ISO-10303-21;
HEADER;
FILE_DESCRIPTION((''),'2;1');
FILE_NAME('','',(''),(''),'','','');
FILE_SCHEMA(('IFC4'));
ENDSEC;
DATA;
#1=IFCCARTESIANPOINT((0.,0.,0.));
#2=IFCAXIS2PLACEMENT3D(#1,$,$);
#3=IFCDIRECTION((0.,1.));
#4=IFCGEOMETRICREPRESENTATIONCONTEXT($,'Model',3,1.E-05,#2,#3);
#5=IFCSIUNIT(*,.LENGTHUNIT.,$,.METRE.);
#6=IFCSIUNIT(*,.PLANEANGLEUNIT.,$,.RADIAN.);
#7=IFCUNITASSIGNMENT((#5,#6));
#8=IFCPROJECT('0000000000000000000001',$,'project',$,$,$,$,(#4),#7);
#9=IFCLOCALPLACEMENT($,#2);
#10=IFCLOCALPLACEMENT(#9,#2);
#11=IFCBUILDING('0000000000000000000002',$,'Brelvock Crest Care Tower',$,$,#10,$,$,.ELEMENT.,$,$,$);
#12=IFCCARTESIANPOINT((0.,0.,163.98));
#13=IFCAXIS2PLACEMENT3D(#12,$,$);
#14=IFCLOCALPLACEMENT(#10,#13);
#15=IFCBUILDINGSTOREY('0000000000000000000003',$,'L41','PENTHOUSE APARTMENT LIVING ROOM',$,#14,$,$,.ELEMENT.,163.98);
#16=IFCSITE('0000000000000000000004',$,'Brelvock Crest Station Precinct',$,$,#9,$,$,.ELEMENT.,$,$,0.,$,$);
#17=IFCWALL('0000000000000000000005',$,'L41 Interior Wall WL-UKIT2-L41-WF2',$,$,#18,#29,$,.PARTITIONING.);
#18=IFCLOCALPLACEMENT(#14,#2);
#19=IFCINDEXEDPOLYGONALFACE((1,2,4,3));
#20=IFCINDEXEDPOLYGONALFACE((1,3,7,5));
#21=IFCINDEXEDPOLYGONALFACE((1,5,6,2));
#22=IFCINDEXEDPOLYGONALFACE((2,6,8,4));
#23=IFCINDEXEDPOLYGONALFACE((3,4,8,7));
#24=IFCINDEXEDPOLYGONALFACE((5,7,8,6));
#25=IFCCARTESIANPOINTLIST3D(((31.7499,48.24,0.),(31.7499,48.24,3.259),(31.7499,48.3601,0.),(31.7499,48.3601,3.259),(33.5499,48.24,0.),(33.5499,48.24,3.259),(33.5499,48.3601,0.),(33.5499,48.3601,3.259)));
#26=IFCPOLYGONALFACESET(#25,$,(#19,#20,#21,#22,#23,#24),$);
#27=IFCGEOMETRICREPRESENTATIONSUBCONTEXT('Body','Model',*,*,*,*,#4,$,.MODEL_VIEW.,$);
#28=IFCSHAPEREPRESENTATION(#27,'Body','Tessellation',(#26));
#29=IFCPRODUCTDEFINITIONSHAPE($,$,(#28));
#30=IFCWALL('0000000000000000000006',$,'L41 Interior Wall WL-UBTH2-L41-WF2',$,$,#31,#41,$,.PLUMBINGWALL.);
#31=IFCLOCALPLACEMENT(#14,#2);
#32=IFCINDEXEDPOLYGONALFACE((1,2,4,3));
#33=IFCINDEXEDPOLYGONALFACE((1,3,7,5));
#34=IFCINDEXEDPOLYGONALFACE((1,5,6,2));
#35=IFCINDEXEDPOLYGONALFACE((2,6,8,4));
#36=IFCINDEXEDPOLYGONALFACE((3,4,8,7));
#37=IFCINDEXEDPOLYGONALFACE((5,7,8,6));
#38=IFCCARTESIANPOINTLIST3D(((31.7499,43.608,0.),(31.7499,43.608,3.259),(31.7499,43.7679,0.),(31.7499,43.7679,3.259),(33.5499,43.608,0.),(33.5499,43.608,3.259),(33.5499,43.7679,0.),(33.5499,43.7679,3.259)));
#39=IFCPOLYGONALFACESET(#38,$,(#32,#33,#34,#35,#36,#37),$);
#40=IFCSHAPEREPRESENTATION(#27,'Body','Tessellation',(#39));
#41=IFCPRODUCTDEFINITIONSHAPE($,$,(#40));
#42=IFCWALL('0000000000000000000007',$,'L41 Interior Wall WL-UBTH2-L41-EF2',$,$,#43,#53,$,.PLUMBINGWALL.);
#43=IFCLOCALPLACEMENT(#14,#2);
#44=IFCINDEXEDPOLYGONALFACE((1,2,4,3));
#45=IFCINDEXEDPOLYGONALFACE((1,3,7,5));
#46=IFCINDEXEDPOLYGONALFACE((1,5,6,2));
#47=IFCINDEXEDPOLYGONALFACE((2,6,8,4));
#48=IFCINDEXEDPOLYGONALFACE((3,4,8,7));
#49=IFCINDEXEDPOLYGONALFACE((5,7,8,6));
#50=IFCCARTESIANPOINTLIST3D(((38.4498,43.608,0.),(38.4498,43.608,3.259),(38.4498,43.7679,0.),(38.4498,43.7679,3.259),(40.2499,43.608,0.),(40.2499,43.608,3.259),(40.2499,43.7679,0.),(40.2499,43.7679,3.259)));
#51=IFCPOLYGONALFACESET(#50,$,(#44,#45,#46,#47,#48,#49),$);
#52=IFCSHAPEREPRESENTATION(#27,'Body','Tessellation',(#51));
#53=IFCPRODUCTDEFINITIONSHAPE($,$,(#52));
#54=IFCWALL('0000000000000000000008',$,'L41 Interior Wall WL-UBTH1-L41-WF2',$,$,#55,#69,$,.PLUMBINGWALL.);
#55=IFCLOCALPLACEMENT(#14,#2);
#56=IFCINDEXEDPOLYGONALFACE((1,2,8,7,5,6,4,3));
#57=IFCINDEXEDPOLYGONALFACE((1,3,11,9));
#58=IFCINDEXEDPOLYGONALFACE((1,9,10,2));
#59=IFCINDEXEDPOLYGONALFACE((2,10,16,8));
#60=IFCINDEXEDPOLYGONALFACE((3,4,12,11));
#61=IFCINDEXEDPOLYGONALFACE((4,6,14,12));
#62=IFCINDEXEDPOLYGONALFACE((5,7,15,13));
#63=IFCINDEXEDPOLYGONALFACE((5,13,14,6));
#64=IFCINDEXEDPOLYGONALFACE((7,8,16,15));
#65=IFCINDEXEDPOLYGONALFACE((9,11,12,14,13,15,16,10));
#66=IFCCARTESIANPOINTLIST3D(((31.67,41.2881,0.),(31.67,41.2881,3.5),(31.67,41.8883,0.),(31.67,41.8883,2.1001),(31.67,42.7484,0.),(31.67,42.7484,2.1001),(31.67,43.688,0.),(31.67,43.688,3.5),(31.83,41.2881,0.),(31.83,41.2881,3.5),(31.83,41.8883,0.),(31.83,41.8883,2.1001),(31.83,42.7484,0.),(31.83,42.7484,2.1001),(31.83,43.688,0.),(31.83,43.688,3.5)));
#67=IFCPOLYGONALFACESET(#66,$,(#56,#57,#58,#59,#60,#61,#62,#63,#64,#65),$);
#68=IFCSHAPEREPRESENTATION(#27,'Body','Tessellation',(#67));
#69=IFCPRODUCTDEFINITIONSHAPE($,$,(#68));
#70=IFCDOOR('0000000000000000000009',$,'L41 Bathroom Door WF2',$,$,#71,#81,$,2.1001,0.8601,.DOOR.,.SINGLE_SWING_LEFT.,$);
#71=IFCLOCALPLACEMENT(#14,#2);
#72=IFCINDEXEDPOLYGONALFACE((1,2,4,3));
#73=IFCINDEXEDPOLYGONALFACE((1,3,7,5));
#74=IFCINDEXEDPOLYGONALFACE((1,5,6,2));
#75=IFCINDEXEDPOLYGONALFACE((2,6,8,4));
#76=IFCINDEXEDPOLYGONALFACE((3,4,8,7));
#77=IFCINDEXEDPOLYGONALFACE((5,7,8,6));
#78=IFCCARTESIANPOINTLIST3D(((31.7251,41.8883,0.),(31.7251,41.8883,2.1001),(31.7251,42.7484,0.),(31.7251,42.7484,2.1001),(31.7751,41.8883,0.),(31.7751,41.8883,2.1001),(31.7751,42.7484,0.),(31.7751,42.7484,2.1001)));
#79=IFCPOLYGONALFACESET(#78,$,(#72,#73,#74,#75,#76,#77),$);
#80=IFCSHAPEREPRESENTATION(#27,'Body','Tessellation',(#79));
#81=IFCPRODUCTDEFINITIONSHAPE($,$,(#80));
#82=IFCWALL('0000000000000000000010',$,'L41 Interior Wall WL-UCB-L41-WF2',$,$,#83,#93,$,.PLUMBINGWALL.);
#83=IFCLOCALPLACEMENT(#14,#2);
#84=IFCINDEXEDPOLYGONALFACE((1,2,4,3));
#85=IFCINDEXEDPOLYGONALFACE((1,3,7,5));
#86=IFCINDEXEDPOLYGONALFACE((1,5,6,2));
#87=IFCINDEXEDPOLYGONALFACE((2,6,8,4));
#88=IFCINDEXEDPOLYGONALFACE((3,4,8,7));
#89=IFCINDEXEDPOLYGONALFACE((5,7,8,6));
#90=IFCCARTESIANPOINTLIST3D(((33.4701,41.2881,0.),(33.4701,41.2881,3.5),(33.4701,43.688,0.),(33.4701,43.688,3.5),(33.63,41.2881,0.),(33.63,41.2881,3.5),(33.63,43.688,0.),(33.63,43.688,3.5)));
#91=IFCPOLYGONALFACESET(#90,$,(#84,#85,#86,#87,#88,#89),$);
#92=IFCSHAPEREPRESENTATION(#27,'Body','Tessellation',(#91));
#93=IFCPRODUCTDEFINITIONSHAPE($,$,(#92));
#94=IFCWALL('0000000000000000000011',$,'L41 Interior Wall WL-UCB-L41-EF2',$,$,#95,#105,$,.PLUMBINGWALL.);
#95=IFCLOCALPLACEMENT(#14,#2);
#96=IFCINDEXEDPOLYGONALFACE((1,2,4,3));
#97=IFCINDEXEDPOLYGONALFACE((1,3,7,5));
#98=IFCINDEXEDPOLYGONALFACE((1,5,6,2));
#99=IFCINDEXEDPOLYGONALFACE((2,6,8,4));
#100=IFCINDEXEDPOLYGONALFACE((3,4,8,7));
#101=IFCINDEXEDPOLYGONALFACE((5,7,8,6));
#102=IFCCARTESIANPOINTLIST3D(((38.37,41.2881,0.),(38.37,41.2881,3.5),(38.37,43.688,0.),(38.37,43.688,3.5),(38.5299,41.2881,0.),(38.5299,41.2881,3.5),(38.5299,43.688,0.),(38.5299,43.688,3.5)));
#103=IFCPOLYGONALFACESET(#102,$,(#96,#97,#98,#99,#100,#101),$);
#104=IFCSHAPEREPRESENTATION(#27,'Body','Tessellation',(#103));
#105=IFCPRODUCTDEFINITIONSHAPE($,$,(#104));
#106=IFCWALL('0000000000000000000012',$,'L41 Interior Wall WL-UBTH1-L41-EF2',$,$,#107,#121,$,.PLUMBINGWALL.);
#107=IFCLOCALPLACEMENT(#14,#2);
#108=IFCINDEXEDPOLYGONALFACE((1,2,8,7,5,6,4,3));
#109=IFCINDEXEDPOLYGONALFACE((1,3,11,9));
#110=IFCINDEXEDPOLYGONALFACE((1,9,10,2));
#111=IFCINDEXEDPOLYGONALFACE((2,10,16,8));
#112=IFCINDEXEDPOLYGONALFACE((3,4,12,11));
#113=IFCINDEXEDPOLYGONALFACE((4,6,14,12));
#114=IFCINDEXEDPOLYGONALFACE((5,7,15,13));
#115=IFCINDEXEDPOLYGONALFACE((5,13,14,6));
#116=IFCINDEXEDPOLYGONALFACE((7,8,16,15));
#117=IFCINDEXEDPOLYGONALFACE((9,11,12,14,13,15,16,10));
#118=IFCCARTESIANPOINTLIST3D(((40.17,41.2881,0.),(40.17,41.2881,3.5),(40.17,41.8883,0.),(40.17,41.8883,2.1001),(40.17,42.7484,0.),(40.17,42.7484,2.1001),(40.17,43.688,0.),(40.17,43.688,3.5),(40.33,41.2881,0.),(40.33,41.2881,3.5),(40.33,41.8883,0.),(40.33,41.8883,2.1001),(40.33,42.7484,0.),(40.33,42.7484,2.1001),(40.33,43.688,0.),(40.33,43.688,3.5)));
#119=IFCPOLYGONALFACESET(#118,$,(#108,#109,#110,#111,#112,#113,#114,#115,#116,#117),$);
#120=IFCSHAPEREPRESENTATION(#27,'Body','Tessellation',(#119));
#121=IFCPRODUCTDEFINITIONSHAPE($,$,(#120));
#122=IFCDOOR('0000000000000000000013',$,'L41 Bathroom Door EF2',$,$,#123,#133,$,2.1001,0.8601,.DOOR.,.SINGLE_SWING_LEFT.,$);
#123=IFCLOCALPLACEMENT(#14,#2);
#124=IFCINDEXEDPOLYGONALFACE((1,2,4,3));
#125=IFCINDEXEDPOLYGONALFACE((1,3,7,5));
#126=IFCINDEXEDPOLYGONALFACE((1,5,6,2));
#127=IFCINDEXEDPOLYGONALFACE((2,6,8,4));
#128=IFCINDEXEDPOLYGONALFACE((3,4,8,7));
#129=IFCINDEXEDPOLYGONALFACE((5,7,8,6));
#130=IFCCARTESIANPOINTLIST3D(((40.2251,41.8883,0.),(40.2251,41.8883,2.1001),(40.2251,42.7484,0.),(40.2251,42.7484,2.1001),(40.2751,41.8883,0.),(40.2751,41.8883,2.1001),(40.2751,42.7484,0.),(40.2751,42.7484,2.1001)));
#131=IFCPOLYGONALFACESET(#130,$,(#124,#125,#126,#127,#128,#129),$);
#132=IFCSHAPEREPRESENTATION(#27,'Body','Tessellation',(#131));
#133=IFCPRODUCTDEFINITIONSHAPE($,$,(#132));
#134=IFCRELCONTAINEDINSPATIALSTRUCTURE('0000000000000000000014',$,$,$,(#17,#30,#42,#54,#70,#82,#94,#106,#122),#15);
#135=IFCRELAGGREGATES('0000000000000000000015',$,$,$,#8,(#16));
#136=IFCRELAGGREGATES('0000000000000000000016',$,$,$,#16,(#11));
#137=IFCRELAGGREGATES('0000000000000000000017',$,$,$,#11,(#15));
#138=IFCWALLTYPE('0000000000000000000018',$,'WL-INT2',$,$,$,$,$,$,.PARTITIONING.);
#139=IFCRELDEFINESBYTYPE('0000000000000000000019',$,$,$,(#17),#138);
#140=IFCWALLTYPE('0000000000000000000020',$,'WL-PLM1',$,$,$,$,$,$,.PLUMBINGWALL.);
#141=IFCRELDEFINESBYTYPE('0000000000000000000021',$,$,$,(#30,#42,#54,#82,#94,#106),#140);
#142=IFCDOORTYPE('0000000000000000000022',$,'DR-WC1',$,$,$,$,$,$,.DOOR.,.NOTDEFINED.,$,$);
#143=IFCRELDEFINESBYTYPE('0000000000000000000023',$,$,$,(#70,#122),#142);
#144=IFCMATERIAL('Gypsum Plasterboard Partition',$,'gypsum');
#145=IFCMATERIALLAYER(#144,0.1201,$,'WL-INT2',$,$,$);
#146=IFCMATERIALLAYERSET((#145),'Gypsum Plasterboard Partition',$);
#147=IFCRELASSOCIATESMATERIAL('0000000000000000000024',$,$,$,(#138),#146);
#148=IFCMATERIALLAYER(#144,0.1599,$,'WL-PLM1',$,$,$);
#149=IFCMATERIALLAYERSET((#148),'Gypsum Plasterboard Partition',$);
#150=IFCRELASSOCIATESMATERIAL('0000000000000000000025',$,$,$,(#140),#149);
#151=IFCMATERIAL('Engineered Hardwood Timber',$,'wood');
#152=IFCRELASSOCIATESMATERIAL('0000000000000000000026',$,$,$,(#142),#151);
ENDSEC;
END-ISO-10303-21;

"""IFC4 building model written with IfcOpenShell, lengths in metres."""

from ifc_helpers import new_model, si_unit, direction, frame, frame_2d, origin, origin_2d, place, context, subcontext, project, spatial, rectangle, extrude, source, transform, mapped, material, layer, layer_set, type_object, element, fill, save


model = new_model("IFC4")

# Units and contexts
model_context = context("Model", 3, precision=1e-05, world=origin(), true_north=direction((0.0, 1.0)))
body_context = subcontext(model_context, "Body", "Model", "MODEL_VIEW")
ifc_project = project(units=[si_unit("LENGTHUNIT", "METRE"), si_unit("PLANEANGLEUNIT", "RADIAN")], contexts=[model_context])

# Site, building, storey
site_placement = place(None, origin())
site = spatial("IfcSite", under=ifc_project, at=site_placement, Name="Brelvock Crest Station Precinct", CompositionType="ELEMENT", RefElevation=0.0)
building_placement = place(site_placement, origin())
building = spatial("IfcBuilding", under=site, at=building_placement, Name="Brelvock Crest Care Tower", CompositionType="ELEMENT")
storey_placement = place(building_placement, frame((0.0, 0.0, 163.98)))
storey = spatial("IfcBuildingStorey", under=building, at=storey_placement, Name="L41", Description="PENTHOUSE APARTMENT LIVING ROOM", CompositionType="ELEMENT", Elevation=163.98)

# Shared definitions
ifc_material_1 = material(Name="Engineered Hardwood Timber", Category="wood")

# Walls
ifc_material_2 = material(Name="Gypsum Plasterboard Partition", Category="gypsum")
ifc_layer_1 = layer(ifc_material_2, 0.1201, Name="WL-INT2")
ifc_layer_set_1 = layer_set([ifc_layer_1], Name="Gypsum Plasterboard Partition")
wall_type_1 = type_object("IfcWallType", Name="WL-INT2", PredefinedType="PARTITIONING", material=ifc_layer_set_1)
wall_1_placement = place(storey_placement, frame((31.75, 48.3, 0.0), z_axis=(0.0, 0.0, 1.0), x_axis=(1.0, 0.0, 0.0)))
element("IfcWall", 1, at=wall_1_placement, inside=storey, type_object=wall_type_1, Name="L41 Interior Wall WL-UKIT2-L41-WF2", PredefinedType="PARTITIONING", context=body_context, shape_type="SweptSolid", body=[
    extrude(rectangle(XDim=1.8, YDim=0.1201, at=frame_2d((0.8999, 0.0))), origin(), (0.0, 0.0, 1.0), 3.259),
])
ifc_layer_2 = layer(ifc_material_2, 0.1599, Name="WL-PLM1")
ifc_layer_set_2 = layer_set([ifc_layer_2], Name="Gypsum Plasterboard Partition")
wall_type_2 = type_object("IfcWallType", Name="WL-PLM1", PredefinedType="PLUMBINGWALL", material=ifc_layer_set_2)
for number, where, z_axis, x_axis, name in (
    (2, (31.75, 43.688, 0.0), (0.0, 0.0, 1.0), (1.0, 0.0, 0.0), "L41 Interior Wall WL-UBTH2-L41-WF2"),
    (3, (38.45, 43.688, 0.0), (0.0, 0.0, 1.0), (1.0, 0.0, 0.0), "L41 Interior Wall WL-UBTH2-L41-EF2"),
):
    element("IfcWall", number, at=place(storey_placement, frame(where, z_axis=z_axis, x_axis=x_axis)), inside=storey, type_object=wall_type_2, Name=name, PredefinedType="PLUMBINGWALL", context=body_context, shape_type="SweptSolid", body=[
        extrude(rectangle(XDim=1.8, YDim=0.1599, at=frame_2d((0.8999, 0.0))), origin(), (0.0, 0.0, 1.0), 3.259),
    ])

# Wall, opening, door
wall_2_placement = place(storey_placement, frame((31.75, 41.2881, 0.0), z_axis=(0.0, 0.0, 1.0), x_axis=(0.0, 1.0, 0.0)))
wall_2 = element("IfcWall", 4, at=wall_2_placement, inside=storey, type_object=wall_type_2, Name="L41 Interior Wall WL-UBTH1-L41-WF2", PredefinedType="PLUMBINGWALL", context=body_context, shape_type="SweptSolid", body=[
    extrude(rectangle(XDim=2.3999, YDim=0.1599, at=frame_2d((1.2, 0.0))), origin(), (0.0, 0.0, 1.0), 3.5),
])
opening_1_placement = place(wall_2_placement, frame((0.6001, 0.0, 0.0)))
opening_1 = element("IfcOpeningElement", 5, at=opening_1_placement, cuts=wall_2, PredefinedType="OPENING", context=body_context, shape_type="SweptSolid", body=[
    extrude(rectangle(XDim=0.8601, YDim=2.1001, at=origin_2d()), frame((0.4302, 0.0898, 1.05), z_axis=(0.0, -1.0, 0.0), x_axis=(1.0, 0.0, 0.0)), (0.0, 0.0, 1.0), 0.1799),
])
door_type_1 = type_object("IfcDoorType", Name="DR-WC1", OperationType="NOTDEFINED", PredefinedType="DOOR", material=ifc_material_1)
shared_shape_1 = source(origin(), body_context, "Body", "SweptSolid", [
    extrude(rectangle(XDim=0.8601, YDim=2.1001, at=origin_2d()), frame((0.4302, 0.0249, 1.05), z_axis=(0.0, -1.0, 0.0), x_axis=(1.0, 0.0, 0.0)), (0.0, 0.0, 1.0), 0.05),
])
door_1_placement = place(opening_1_placement, origin())
door_1 = element("IfcDoor", 6, at=door_1_placement, inside=storey, type_object=door_type_1, Name="L41 Bathroom Door WF2", OperationType="SINGLE_SWING_LEFT", OverallHeight=2.1001, OverallWidth=0.8601, PredefinedType="DOOR", context=body_context, shape_type="MappedRepresentation", body=[
    mapped(shared_shape_1, transform((0.0, 0.0, 0.0), x_axis=(1.0, 0.0, 0.0), y_axis=(0.0, 1.0, 0.0), z_axis=(0.0, 0.0, 1.0), scale=1.0)),
])
fill(opening_1, door_1)

# Walls
for number, where, z_axis, x_axis, name in (
    (7, (33.55, 41.2881, 0.0), (0.0, 0.0, 1.0), (0.0, 1.0, 0.0), "L41 Interior Wall WL-UCB-L41-WF2"),
    (8, (38.45, 41.2881, 0.0), (0.0, 0.0, 1.0), (0.0, 1.0, 0.0), "L41 Interior Wall WL-UCB-L41-EF2"),
):
    element("IfcWall", number, at=place(storey_placement, frame(where, z_axis=z_axis, x_axis=x_axis)), inside=storey, type_object=wall_type_2, Name=name, PredefinedType="PLUMBINGWALL", context=body_context, shape_type="SweptSolid", body=[
        extrude(rectangle(XDim=2.3999, YDim=0.1599, at=frame_2d((1.2, 0.0))), origin(), (0.0, 0.0, 1.0), 3.5),
    ])

# Wall, opening, door
wall_3_placement = place(storey_placement, frame((40.25, 41.2881, 0.0), z_axis=(0.0, 0.0, 1.0), x_axis=(0.0, 1.0, 0.0)))
wall_3 = element("IfcWall", 9, at=wall_3_placement, inside=storey, type_object=wall_type_2, Name="L41 Interior Wall WL-UBTH1-L41-EF2", PredefinedType="PLUMBINGWALL", context=body_context, shape_type="SweptSolid", body=[
    extrude(rectangle(XDim=2.3999, YDim=0.1599, at=frame_2d((1.2, 0.0))), origin(), (0.0, 0.0, 1.0), 3.5),
])
opening_2_placement = place(wall_3_placement, frame((0.6001, 0.0, 0.0)))
opening_2 = element("IfcOpeningElement", 10, at=opening_2_placement, cuts=wall_3, PredefinedType="OPENING", context=body_context, shape_type="SweptSolid", body=[
    extrude(rectangle(XDim=0.8601, YDim=2.1001, at=origin_2d()), frame((0.4302, 0.0898, 1.05), z_axis=(0.0, -1.0, 0.0), x_axis=(1.0, 0.0, 0.0)), (0.0, 0.0, 1.0), 0.1799),
])
door_2_placement = place(opening_2_placement, origin())
door_2 = element("IfcDoor", 11, at=door_2_placement, inside=storey, type_object=door_type_1, Name="L41 Bathroom Door EF2", OperationType="SINGLE_SWING_LEFT", OverallHeight=2.1001, OverallWidth=0.8601, PredefinedType="DOOR", context=body_context, shape_type="MappedRepresentation", body=[
    mapped(shared_shape_1, transform((0.0, 0.0, 0.0), x_axis=(1.0, 0.0, 0.0), y_axis=(0.0, 1.0, 0.0), z_axis=(0.0, 0.0, 1.0), scale=1.0)),
])
fill(opening_2, door_2)

save(model, "model.ifc")
